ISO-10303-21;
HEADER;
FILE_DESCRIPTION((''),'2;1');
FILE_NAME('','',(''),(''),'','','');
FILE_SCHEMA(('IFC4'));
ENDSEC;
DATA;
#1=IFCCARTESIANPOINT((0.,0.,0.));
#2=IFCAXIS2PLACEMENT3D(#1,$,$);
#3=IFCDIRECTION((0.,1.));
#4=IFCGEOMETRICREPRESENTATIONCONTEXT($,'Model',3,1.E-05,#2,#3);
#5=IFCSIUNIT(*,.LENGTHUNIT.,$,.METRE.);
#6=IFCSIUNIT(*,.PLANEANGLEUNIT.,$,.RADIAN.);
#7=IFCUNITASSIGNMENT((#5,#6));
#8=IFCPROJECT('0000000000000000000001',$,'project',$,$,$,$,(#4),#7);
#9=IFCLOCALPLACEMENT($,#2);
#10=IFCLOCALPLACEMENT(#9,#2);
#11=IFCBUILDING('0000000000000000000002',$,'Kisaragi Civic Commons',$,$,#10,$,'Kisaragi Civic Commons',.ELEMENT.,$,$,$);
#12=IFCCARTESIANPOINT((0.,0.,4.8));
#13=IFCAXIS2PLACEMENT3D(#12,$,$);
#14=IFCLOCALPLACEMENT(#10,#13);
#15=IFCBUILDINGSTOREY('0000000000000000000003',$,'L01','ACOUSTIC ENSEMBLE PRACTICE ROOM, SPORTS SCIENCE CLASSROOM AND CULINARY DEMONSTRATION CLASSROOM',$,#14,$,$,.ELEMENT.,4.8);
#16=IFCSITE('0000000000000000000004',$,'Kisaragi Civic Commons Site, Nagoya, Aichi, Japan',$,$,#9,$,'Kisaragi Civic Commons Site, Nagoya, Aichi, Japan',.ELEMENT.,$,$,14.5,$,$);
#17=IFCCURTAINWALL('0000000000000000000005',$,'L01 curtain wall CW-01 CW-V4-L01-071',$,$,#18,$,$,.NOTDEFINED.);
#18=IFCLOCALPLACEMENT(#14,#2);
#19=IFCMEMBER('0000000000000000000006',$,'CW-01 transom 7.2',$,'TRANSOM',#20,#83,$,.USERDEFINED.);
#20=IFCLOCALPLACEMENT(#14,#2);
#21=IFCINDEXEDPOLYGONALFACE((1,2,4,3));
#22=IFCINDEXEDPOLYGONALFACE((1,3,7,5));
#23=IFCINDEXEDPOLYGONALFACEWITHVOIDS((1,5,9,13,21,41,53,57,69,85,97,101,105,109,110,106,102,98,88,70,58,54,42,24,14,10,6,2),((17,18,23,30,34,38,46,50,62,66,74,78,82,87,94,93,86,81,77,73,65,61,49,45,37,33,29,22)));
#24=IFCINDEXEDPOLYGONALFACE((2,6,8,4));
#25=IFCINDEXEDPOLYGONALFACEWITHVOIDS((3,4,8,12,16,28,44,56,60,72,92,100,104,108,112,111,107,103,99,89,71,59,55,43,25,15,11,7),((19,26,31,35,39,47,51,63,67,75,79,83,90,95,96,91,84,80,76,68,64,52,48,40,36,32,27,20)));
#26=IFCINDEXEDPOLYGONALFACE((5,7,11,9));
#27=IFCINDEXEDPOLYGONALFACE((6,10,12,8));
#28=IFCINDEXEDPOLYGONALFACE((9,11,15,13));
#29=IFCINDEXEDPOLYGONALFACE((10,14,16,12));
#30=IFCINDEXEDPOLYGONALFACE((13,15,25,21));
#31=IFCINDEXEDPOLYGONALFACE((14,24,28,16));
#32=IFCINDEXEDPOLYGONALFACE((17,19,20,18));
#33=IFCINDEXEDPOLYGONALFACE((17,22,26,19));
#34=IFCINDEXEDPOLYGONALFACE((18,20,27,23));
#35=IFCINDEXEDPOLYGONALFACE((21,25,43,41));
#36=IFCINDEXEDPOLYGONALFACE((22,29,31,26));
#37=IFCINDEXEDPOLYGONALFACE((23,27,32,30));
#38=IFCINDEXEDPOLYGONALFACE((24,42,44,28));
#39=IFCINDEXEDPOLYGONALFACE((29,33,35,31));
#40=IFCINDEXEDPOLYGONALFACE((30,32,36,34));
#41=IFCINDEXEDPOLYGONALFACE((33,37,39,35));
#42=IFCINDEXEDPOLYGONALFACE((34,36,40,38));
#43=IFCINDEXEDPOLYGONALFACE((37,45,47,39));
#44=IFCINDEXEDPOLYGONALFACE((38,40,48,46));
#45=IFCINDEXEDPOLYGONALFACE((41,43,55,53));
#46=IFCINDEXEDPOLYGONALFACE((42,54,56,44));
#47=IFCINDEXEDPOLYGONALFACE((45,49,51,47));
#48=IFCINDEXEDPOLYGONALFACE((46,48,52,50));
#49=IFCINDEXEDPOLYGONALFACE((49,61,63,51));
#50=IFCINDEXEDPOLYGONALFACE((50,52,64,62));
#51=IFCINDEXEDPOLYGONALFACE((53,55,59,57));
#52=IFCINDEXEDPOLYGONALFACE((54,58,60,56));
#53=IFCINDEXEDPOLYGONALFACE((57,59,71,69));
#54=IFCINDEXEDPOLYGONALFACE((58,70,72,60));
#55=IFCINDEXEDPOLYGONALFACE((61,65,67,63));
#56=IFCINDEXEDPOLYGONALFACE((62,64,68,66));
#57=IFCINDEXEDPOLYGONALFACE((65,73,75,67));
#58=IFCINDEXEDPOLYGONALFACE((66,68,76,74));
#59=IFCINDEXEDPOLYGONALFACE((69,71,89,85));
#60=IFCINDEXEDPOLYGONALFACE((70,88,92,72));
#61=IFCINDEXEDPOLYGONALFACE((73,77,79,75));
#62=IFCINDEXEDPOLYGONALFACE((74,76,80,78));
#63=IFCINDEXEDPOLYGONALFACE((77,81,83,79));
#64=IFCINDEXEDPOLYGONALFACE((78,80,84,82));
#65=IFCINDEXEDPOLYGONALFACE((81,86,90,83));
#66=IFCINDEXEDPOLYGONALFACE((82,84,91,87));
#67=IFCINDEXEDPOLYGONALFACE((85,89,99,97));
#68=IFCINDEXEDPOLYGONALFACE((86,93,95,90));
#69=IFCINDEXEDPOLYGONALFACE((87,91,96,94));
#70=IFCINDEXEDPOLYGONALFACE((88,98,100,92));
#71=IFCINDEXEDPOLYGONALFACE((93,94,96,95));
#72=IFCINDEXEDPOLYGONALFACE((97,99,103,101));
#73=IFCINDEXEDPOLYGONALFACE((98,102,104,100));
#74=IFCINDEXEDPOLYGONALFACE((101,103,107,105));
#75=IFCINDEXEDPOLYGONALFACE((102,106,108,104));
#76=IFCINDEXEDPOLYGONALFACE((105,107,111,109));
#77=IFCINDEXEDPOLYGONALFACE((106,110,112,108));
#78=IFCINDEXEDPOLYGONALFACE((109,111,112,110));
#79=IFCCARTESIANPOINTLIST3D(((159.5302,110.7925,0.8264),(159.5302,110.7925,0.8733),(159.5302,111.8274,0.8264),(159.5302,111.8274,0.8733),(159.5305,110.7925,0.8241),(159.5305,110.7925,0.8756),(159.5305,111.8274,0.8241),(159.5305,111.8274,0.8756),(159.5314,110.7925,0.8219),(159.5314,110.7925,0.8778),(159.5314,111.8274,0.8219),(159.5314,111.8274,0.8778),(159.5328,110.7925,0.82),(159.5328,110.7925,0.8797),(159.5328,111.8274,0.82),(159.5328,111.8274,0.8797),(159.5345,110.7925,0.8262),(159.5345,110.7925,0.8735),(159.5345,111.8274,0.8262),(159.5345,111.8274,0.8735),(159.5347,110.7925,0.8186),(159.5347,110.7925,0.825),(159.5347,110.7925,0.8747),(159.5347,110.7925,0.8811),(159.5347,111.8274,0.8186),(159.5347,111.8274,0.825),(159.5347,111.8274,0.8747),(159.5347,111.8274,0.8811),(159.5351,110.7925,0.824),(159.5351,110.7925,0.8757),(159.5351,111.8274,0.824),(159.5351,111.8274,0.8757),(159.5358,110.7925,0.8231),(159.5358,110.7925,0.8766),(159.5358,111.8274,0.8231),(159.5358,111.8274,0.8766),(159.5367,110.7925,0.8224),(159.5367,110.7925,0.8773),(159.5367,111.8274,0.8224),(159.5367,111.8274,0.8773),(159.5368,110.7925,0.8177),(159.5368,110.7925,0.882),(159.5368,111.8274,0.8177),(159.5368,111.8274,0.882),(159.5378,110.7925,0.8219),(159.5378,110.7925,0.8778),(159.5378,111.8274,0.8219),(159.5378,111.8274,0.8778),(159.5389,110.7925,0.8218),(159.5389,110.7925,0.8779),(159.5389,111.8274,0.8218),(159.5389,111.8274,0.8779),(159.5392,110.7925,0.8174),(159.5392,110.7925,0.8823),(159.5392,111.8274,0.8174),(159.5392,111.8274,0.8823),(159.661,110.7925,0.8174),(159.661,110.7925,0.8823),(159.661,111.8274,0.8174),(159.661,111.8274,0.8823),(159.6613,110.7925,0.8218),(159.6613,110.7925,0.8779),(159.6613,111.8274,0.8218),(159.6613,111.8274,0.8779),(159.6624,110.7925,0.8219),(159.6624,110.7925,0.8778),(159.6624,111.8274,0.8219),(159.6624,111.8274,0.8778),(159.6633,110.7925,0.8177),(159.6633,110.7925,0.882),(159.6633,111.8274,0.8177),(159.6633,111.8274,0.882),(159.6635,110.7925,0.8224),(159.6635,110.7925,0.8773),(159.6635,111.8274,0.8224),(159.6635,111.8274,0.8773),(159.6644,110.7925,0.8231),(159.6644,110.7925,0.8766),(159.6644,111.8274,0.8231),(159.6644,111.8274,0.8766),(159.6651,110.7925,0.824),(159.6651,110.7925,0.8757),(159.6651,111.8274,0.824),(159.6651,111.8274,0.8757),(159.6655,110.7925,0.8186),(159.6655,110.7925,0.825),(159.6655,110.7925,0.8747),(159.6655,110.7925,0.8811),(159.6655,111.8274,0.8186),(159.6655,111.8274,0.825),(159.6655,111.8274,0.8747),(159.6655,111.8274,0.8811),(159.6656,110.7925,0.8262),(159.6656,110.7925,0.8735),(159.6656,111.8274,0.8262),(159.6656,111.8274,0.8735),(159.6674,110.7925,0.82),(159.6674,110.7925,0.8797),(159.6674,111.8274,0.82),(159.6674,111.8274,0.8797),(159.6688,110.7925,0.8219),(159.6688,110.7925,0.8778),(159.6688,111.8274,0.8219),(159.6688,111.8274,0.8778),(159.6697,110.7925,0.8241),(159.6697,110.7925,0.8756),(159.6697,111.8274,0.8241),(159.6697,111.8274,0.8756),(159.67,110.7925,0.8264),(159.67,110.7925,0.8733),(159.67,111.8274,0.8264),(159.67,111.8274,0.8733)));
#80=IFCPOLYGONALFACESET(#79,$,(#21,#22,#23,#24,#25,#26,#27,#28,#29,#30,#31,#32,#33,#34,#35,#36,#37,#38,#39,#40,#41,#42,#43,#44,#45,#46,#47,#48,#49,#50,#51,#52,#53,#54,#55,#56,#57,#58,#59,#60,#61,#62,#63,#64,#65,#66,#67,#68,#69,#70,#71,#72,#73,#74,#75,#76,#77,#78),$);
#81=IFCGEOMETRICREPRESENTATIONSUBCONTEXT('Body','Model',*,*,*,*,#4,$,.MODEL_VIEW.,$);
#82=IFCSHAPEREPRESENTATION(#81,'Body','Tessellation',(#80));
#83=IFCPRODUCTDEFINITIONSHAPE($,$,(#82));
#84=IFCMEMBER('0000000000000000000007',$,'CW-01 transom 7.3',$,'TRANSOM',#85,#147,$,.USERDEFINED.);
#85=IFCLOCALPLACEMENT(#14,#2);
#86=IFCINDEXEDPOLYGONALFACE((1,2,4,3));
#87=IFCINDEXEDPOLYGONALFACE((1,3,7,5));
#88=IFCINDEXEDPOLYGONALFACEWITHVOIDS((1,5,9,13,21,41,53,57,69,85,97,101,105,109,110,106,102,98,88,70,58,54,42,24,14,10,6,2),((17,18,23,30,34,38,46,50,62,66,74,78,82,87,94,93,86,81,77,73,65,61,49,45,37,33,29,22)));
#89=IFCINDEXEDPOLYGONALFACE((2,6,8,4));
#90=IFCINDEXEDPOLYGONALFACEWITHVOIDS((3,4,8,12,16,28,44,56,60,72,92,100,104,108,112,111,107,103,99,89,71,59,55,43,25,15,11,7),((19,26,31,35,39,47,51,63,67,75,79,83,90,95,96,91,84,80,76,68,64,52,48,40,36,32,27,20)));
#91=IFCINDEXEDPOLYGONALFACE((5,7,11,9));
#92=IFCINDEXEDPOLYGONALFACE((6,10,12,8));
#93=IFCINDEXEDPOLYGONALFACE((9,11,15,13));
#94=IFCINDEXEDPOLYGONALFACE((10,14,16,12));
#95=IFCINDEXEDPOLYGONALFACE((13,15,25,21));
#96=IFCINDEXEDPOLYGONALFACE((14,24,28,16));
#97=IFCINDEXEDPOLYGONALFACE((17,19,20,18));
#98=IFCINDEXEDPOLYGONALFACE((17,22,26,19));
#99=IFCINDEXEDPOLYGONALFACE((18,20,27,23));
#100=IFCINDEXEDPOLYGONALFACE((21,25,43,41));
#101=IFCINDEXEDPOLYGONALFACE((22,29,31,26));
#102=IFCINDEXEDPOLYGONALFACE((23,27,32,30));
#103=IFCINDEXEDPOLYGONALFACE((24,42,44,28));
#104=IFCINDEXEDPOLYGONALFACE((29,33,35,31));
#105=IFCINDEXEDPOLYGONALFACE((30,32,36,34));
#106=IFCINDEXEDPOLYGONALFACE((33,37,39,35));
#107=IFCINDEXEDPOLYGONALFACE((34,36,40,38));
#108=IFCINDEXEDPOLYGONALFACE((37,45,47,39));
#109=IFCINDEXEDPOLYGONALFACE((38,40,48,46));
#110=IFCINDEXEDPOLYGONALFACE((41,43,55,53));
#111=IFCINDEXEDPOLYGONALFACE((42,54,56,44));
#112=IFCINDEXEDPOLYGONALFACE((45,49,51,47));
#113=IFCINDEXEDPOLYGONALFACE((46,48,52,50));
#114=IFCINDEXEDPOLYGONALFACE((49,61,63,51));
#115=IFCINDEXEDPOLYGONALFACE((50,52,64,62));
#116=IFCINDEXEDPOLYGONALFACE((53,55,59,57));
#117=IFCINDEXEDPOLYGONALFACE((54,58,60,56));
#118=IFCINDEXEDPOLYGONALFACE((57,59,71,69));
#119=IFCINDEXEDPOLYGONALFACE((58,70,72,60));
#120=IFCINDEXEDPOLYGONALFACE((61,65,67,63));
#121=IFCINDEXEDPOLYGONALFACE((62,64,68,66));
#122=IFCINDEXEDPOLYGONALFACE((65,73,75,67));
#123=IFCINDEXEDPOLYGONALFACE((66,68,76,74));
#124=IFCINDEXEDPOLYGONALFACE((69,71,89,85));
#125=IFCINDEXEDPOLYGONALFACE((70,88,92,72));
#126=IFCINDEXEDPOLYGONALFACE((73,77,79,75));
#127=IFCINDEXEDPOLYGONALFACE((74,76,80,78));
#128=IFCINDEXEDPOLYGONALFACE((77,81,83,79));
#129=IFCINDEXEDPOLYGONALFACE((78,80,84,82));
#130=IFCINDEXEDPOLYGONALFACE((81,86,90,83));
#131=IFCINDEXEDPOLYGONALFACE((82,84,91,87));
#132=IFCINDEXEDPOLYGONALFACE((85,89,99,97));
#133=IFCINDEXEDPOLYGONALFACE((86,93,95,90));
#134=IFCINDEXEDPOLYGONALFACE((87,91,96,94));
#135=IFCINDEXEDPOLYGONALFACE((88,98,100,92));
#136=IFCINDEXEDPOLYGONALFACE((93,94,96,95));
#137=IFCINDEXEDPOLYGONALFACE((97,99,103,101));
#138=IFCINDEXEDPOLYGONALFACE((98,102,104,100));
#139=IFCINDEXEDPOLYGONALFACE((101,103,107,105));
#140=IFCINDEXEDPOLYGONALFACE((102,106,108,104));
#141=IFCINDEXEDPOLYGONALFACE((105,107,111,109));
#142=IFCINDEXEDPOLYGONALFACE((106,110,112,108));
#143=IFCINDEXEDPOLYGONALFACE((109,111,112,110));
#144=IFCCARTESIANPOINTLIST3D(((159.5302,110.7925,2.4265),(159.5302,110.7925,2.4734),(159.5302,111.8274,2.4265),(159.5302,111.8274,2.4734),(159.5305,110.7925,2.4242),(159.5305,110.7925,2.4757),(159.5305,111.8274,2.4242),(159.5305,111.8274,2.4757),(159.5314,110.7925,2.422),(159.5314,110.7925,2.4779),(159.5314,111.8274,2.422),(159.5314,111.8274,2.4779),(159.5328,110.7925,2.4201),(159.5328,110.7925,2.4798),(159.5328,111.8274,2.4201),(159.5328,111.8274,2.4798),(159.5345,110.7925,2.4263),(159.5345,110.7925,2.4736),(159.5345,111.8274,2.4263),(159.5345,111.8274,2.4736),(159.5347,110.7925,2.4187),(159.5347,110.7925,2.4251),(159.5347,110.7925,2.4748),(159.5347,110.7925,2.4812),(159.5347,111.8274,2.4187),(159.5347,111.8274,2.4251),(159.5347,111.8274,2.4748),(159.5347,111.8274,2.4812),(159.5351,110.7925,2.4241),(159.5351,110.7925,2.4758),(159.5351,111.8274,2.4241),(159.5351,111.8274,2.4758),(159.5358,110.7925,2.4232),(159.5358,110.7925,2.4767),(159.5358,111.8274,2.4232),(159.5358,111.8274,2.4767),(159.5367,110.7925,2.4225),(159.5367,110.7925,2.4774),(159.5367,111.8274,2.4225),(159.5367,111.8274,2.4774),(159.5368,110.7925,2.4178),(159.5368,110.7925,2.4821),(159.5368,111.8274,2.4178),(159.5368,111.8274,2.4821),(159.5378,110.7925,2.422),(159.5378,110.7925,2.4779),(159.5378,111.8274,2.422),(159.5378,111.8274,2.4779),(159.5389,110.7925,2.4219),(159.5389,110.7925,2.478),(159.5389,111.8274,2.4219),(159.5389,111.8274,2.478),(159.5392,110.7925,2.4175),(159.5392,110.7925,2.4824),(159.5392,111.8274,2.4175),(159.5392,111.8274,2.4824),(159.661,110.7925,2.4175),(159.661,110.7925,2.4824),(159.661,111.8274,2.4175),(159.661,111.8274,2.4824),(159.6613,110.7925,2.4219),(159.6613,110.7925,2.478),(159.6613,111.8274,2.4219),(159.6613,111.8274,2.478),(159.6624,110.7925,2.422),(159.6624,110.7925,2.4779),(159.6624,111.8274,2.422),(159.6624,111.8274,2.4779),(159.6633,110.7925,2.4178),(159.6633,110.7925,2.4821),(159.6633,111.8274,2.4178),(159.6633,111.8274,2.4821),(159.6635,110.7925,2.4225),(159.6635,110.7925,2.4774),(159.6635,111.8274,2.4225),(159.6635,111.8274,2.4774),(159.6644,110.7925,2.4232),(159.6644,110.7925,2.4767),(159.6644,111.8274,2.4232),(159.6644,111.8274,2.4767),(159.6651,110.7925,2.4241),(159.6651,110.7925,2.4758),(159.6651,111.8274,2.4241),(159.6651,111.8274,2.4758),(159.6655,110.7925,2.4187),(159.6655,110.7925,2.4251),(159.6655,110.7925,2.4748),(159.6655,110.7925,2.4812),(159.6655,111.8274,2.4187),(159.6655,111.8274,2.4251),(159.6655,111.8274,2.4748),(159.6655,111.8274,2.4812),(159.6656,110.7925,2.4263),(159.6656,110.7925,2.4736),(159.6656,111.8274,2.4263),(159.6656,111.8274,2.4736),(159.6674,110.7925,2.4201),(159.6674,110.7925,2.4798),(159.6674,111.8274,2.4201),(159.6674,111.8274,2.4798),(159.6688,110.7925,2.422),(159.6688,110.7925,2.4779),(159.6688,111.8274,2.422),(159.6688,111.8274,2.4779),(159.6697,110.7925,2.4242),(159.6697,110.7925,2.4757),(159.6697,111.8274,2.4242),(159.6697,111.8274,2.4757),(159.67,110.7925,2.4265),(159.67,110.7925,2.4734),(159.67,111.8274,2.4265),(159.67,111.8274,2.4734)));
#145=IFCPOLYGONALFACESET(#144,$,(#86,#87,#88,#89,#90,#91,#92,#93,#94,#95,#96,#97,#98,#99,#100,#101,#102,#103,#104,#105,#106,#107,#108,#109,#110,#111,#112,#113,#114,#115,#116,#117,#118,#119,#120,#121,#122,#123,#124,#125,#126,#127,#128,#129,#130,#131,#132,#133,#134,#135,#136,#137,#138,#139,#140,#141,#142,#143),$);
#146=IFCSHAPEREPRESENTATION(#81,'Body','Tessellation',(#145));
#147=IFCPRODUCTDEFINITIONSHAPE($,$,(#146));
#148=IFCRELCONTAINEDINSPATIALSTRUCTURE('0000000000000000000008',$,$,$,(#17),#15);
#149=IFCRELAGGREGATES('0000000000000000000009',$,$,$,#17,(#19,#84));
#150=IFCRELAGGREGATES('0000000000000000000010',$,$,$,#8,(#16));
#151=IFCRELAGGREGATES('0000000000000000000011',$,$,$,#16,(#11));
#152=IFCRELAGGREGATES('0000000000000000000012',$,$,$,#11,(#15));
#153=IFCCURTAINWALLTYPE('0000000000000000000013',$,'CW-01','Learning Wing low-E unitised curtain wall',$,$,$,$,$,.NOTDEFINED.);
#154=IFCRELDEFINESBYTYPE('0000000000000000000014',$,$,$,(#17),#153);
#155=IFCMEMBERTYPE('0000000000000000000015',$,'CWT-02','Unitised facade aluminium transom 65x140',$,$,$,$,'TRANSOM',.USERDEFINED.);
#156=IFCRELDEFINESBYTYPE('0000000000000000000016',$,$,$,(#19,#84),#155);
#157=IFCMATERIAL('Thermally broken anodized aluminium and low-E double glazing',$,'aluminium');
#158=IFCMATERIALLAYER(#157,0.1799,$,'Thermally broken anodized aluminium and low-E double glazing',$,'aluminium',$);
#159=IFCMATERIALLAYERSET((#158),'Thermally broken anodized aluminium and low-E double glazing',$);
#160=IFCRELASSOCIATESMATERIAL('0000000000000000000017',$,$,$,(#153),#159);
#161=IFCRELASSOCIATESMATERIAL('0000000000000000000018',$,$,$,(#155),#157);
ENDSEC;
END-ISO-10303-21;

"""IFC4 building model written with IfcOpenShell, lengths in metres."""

from ifc_helpers import new_model, si_unit, direction, frame, origin, origin_2d, place, context, subcontext, project, spatial, hollow_rectangle, extrude, material, layer, layer_set, material_profile, profile_set, type_object, element, aggregate, save


model = new_model("IFC4")

# Units and contexts
model_context = context("Model", 3, precision=1e-05, world=origin(), true_north=direction((0.0, 1.0)))
body_context = subcontext(model_context, "Body", "Model", "MODEL_VIEW")
ifc_project = project(units=[si_unit("LENGTHUNIT", "METRE"), si_unit("PLANEANGLEUNIT", "RADIAN")], contexts=[model_context])

# Site, building, storey
site_placement = place(None, origin())
site = spatial("IfcSite", under=ifc_project, at=site_placement, Name="Kisaragi Civic Commons Site, Nagoya, Aichi, Japan", LongName="Kisaragi Civic Commons Site, Nagoya, Aichi, Japan", CompositionType="ELEMENT", RefElevation=14.5)
building_placement = place(site_placement, origin())
building = spatial("IfcBuilding", under=site, at=building_placement, Name="Kisaragi Civic Commons", LongName="Kisaragi Civic Commons", CompositionType="ELEMENT")
storey_placement = place(building_placement, frame((0.0, 0.0, 4.8)))
storey = spatial("IfcBuildingStorey", under=building, at=storey_placement, Name="L01", Description="ACOUSTIC ENSEMBLE PRACTICE ROOM, SPORTS SCIENCE CLASSROOM AND CULINARY DEMONSTRATION CLASSROOM", CompositionType="ELEMENT", Elevation=4.8)

# Curtain wall, members
ifc_material = material(Name="Thermally broken anodized aluminium and low-E double glazing", Category="aluminium")
ifc_layer_1 = layer(ifc_material, 0.1799, Name="Thermally broken anodized aluminium and low-E double glazing", Category="aluminium")
ifc_layer_set_1 = layer_set([ifc_layer_1], Name="Thermally broken anodized aluminium and low-E double glazing")
curtain_wall_type = type_object("IfcCurtainWallType", Name="CW-01", Description="Learning Wing low-E unitised curtain wall", PredefinedType="NOTDEFINED", material=ifc_layer_set_1)
curtain_wall_placement = place(storey_placement, origin())
curtain_wall = element("IfcCurtainWall", 1, at=curtain_wall_placement, inside=storey, type_object=curtain_wall_type, Name="L01 curtain wall CW-01 CW-V4-L01-071", PredefinedType="NOTDEFINED")
ifc_material_profile_1 = material_profile(ifc_material, hollow_rectangle(XDim=0.1399, YDim=0.0649, WallThickness=0.0044, InnerFilletRadius=0.0044, OuterFilletRadius=0.009, at=origin_2d()), Name="CWT-65x140x4.5", Category="aluminium")
ifc_profile_set_1 = profile_set([ifc_material_profile_1], Name="Thermally broken anodized aluminium and low-E double glazing")
member_type_1 = type_object("IfcMemberType", Name="CWT-02", Description="Unitised facade aluminium transom 65x140", ElementType="TRANSOM", PredefinedType="USERDEFINED", material=ifc_profile_set_1)
member_1_placement = place(storey_placement, frame((159.6001, 111.8274, 0.8499), z_axis=(0.0, -1.0, 0.0), x_axis=(1.0, 0.0, 0.0)))
member_1 = element("IfcMember", 2, at=member_1_placement, type_object=member_type_1, Name="CW-01 transom 7.2", ObjectType="TRANSOM", PredefinedType="USERDEFINED", context=body_context, shape_type="SweptSolid", body=[
    extrude(hollow_rectangle(XDim=0.1399, YDim=0.0649, WallThickness=0.0044, InnerFilletRadius=0.0044, OuterFilletRadius=0.009, at=origin_2d()), origin(), (0.0, 0.0, 1.0), 1.0349),
])
member_2_placement = place(storey_placement, frame((159.6001, 111.8274, 2.45), z_axis=(0.0, -1.0, 0.0), x_axis=(1.0, 0.0, 0.0)))
member_2 = element("IfcMember", 3, at=member_2_placement, type_object=member_type_1, Name="CW-01 transom 7.3", ObjectType="TRANSOM", PredefinedType="USERDEFINED", context=body_context, shape_type="SweptSolid", body=[
    extrude(hollow_rectangle(XDim=0.1399, YDim=0.0649, WallThickness=0.0044, InnerFilletRadius=0.0044, OuterFilletRadius=0.009, at=origin_2d()), origin(), (0.0, 0.0, 1.0), 1.0349),
])
aggregate(curtain_wall, [member_1, member_2])

save(model, "model.ifc")
